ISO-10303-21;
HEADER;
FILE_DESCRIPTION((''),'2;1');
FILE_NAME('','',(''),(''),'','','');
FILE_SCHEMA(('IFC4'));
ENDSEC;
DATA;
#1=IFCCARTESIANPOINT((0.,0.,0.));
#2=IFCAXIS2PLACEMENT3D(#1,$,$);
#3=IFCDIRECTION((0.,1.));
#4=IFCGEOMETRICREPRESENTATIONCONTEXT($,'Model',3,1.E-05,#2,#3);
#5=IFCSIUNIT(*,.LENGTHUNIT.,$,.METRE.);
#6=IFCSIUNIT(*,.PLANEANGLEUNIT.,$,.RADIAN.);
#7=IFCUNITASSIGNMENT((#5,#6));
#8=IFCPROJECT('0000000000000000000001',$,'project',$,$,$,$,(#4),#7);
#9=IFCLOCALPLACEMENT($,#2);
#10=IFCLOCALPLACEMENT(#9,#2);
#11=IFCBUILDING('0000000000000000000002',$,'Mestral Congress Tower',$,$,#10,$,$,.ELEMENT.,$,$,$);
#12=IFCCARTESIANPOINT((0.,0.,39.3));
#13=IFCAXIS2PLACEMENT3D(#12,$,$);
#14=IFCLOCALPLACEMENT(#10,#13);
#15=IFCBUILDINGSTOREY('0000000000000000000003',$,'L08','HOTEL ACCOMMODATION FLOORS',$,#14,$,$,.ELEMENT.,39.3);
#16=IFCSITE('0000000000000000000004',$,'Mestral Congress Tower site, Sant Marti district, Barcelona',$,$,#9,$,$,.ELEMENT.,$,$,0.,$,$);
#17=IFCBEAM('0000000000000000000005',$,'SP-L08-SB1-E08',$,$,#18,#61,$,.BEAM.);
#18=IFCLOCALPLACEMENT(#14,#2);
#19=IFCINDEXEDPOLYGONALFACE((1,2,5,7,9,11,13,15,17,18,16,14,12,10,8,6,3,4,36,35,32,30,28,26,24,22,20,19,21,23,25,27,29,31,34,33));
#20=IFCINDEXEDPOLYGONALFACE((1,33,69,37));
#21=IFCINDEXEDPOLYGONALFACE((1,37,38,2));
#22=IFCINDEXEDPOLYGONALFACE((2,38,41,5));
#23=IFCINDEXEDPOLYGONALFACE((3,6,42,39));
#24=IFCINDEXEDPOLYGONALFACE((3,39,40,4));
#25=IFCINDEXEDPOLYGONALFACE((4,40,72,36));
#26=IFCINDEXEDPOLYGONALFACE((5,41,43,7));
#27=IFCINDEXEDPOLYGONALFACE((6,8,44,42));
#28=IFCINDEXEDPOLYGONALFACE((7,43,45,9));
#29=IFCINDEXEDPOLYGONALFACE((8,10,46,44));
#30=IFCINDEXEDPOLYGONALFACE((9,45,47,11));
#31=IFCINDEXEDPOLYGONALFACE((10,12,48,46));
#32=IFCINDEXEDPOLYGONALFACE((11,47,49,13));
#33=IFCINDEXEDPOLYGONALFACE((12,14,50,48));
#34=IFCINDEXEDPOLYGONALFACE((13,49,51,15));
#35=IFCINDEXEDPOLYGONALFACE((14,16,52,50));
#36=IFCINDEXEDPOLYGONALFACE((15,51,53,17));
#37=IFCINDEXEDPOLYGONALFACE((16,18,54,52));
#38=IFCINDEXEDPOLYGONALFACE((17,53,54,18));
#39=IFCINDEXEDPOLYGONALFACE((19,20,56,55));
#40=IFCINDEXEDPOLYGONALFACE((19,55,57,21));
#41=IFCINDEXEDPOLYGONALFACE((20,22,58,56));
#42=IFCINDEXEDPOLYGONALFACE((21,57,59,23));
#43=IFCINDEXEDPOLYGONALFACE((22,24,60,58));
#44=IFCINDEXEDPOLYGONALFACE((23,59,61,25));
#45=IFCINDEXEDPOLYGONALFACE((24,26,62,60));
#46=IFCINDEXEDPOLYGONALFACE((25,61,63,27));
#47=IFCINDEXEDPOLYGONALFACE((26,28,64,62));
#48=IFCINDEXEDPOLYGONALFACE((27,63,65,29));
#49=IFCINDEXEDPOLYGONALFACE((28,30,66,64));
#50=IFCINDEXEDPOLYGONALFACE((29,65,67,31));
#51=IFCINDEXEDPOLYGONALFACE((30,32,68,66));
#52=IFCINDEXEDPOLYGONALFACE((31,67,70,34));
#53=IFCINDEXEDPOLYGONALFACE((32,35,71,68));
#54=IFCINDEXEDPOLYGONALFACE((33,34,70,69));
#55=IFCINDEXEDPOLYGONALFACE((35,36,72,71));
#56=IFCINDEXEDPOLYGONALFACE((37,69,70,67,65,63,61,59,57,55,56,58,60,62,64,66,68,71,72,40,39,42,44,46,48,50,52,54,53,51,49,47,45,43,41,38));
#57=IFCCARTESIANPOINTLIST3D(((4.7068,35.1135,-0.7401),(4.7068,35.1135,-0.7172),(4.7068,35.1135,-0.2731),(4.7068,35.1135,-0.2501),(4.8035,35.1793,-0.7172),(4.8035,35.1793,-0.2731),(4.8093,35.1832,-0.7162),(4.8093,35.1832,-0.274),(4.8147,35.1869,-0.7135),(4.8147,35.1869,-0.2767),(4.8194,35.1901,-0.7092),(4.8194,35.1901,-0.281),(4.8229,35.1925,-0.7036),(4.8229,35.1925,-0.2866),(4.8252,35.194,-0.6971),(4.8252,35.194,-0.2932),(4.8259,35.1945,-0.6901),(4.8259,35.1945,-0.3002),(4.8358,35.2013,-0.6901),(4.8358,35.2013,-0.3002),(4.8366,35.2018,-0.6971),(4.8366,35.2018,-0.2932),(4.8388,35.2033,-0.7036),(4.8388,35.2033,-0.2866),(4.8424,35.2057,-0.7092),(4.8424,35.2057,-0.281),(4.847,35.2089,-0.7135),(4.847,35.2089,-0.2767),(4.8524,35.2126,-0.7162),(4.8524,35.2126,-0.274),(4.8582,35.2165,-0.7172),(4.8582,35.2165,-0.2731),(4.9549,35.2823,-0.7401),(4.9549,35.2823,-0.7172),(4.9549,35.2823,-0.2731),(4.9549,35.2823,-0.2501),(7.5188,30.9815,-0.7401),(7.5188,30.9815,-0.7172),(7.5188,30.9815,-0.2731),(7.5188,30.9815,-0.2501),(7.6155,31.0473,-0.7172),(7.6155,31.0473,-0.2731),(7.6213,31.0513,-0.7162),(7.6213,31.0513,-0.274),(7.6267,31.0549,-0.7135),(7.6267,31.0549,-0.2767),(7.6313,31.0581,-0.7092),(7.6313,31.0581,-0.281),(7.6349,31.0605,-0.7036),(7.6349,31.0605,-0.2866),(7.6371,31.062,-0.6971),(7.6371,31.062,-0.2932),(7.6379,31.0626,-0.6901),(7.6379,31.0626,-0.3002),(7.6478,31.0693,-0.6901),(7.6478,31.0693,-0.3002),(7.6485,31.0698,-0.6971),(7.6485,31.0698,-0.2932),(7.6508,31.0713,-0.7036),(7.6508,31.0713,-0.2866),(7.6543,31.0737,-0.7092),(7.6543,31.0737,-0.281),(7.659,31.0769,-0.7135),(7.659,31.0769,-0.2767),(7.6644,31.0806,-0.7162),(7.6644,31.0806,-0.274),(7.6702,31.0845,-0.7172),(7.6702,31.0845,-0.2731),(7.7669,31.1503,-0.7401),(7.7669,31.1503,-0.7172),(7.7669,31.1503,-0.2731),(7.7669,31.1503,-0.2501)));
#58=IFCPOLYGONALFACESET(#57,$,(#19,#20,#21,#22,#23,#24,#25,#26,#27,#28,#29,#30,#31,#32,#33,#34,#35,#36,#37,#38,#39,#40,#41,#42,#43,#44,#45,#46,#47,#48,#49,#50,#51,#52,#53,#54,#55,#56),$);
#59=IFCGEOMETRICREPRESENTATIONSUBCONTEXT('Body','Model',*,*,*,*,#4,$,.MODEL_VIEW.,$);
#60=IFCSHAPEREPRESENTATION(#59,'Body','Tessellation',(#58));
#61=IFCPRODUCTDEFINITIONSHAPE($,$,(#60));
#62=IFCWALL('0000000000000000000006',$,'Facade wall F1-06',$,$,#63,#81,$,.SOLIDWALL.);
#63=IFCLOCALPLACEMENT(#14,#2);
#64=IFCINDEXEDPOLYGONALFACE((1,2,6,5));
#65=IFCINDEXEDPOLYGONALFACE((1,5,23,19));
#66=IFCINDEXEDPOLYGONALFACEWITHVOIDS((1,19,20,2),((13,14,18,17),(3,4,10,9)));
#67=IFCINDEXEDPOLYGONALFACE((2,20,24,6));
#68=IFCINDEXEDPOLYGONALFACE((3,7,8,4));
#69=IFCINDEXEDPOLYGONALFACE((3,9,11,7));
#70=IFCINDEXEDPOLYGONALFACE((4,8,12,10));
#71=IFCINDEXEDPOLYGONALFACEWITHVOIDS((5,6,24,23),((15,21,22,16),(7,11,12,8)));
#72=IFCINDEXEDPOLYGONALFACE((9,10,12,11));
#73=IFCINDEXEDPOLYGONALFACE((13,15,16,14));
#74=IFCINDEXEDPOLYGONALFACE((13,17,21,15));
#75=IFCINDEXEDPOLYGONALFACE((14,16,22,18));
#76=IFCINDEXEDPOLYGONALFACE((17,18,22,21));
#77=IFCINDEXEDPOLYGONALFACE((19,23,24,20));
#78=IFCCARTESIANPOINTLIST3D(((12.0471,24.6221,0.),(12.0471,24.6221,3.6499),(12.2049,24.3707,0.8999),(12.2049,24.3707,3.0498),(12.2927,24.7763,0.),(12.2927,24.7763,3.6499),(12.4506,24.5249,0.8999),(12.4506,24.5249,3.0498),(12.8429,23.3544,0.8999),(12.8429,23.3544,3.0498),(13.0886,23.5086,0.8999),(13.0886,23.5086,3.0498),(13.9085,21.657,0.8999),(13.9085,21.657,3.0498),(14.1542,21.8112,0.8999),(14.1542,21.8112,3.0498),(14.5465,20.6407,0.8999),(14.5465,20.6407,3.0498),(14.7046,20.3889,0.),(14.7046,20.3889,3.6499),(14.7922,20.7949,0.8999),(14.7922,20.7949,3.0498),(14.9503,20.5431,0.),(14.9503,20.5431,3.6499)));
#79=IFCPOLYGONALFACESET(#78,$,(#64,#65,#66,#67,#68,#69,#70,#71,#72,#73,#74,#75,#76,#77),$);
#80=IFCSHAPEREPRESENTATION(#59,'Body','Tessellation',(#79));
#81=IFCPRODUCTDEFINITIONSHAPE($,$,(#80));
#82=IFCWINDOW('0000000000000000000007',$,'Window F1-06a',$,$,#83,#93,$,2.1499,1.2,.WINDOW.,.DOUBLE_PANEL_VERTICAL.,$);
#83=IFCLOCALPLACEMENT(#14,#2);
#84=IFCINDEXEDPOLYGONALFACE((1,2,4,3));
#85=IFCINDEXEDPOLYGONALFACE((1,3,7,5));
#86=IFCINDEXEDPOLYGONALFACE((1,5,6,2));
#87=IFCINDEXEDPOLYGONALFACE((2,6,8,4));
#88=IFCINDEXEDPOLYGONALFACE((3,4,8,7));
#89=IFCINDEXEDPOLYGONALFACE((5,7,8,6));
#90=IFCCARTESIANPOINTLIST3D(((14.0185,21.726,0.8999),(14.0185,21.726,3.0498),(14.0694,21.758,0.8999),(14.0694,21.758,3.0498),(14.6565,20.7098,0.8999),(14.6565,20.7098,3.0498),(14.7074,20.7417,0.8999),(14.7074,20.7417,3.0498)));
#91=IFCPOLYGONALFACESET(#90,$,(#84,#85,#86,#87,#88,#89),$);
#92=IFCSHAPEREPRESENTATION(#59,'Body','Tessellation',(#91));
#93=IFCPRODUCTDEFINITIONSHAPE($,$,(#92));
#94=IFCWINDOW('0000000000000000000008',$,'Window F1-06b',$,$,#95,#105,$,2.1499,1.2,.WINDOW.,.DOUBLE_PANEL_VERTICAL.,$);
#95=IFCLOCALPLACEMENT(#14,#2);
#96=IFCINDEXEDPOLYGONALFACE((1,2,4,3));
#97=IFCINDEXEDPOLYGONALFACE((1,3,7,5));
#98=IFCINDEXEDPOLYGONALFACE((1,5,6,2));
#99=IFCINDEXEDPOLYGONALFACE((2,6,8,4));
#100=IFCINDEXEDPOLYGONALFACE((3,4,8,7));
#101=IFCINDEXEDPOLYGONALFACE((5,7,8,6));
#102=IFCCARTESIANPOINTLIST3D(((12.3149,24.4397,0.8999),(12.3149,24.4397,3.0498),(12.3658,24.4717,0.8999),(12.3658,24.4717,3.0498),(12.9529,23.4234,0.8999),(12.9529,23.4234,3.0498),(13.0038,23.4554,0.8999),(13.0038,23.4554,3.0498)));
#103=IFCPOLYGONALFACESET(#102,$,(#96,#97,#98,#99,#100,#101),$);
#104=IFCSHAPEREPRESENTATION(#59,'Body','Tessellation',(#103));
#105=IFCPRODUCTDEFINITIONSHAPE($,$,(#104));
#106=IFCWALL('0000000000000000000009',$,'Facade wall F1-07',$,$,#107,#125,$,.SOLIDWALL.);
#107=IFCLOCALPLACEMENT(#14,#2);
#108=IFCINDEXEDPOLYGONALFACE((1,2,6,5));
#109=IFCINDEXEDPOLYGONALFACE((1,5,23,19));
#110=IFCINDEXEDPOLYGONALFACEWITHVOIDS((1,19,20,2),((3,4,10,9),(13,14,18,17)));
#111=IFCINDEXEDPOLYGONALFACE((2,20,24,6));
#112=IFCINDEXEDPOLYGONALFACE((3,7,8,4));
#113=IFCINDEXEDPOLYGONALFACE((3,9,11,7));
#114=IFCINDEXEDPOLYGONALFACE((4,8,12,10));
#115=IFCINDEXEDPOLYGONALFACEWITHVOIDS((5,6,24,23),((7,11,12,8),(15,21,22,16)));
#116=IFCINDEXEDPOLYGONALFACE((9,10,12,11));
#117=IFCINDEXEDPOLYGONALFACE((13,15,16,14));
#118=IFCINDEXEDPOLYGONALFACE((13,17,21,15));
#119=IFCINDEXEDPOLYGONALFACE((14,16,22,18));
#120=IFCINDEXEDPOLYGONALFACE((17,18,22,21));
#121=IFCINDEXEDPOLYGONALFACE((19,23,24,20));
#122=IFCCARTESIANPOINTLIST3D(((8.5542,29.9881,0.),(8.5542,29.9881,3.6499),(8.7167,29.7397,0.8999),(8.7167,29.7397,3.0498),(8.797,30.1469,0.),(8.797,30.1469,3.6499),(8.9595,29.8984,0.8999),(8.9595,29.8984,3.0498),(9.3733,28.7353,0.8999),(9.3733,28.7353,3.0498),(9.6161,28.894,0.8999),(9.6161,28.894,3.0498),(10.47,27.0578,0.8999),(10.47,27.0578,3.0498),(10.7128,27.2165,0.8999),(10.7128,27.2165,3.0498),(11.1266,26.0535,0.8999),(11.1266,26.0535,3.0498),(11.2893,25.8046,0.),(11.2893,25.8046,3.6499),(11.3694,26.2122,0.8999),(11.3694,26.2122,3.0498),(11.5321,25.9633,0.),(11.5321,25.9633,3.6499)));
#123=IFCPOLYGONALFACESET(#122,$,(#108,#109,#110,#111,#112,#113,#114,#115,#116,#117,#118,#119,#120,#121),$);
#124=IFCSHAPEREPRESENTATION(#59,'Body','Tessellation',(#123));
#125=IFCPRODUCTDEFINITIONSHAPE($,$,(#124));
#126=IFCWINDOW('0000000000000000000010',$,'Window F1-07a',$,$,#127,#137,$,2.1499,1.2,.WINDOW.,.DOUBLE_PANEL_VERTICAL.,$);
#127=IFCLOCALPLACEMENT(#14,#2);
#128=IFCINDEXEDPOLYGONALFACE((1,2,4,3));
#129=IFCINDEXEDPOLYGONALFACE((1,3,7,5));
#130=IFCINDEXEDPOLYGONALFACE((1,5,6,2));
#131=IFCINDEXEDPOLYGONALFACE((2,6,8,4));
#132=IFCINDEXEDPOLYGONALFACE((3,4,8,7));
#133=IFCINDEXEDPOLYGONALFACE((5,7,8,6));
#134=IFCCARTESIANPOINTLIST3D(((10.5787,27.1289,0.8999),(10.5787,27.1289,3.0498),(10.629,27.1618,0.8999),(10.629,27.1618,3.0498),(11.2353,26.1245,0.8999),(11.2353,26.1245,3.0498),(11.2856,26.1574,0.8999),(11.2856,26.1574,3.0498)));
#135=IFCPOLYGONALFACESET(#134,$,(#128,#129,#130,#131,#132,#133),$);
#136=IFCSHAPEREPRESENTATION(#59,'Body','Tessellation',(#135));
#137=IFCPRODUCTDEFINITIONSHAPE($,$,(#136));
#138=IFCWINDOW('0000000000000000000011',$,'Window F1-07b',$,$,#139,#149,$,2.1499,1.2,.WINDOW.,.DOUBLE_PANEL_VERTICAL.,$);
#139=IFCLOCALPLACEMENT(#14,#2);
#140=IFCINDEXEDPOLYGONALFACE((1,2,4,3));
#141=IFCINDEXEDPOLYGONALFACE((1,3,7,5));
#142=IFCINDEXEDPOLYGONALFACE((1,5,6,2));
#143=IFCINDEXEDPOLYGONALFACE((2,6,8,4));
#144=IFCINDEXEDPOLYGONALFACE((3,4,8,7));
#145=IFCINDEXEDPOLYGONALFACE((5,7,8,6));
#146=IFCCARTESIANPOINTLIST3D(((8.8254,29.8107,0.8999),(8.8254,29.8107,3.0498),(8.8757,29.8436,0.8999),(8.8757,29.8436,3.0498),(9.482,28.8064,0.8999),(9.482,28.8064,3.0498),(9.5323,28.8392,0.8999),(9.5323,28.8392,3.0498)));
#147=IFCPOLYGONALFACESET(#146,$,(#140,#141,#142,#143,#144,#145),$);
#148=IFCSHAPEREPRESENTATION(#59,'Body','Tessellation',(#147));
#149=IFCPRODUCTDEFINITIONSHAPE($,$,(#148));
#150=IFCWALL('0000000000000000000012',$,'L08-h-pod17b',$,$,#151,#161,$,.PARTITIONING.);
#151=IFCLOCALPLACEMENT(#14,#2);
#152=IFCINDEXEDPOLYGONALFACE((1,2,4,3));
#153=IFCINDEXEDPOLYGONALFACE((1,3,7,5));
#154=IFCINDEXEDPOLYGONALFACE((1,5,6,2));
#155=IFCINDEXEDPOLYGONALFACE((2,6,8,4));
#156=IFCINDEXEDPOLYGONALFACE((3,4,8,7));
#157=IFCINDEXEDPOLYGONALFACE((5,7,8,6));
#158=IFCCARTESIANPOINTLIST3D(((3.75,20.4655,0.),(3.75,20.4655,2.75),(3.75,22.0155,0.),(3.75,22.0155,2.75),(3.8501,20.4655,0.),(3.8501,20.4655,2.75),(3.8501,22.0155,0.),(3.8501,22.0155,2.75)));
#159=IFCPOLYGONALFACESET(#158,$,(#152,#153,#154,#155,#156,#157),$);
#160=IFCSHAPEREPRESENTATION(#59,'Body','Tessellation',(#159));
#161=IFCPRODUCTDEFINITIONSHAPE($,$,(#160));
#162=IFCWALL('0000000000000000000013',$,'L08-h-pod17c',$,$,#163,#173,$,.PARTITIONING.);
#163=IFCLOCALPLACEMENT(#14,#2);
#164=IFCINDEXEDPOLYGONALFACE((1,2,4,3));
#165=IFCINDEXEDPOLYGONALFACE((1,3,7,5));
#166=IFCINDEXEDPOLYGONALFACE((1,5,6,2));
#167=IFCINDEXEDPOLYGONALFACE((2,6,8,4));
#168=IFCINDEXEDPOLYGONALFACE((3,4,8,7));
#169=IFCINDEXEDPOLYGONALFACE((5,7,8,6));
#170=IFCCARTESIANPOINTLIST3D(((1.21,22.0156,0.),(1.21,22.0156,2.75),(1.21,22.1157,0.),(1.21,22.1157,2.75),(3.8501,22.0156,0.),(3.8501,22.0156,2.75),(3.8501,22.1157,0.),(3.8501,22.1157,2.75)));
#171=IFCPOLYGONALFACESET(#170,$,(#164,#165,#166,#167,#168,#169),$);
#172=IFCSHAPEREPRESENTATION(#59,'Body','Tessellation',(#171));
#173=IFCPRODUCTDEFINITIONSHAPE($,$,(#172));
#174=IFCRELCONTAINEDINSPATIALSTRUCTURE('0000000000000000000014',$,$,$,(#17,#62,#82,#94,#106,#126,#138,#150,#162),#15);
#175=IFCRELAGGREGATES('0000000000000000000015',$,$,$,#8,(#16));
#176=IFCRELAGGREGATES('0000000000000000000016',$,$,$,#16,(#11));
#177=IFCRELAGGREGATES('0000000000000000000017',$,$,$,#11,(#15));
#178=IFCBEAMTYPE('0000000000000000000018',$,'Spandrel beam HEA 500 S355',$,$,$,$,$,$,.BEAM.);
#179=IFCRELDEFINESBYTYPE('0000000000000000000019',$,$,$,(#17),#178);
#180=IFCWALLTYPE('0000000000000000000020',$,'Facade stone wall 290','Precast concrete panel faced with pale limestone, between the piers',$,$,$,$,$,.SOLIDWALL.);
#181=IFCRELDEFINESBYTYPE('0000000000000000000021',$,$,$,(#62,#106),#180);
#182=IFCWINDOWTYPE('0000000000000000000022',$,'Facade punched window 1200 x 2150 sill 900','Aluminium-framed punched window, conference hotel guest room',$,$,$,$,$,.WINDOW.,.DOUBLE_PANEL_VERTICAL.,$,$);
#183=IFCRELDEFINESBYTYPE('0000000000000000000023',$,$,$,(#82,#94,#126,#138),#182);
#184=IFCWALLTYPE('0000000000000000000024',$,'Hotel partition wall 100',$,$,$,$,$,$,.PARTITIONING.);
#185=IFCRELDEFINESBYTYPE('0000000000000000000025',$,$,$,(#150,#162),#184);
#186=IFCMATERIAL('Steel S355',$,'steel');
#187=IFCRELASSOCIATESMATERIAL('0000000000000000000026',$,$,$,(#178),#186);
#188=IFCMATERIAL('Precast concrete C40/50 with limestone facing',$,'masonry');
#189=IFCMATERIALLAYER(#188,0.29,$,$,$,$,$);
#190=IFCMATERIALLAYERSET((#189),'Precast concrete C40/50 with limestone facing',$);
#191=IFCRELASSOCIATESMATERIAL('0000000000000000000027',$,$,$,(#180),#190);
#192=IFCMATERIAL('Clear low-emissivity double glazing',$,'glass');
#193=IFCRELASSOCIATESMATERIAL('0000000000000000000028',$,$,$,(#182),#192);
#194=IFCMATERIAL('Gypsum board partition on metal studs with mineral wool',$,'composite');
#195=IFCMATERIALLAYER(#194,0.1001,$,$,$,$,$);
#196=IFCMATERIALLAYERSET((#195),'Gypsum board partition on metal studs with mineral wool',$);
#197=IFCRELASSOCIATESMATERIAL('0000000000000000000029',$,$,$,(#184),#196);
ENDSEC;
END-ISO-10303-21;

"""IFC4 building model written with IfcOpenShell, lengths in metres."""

from ifc_helpers import new_model, si_unit, direction, frame, frame_2d, origin, origin_2d, place, context, subcontext, project, spatial, rectangle, i_section, extrude, material, layer, layer_set, material_profile, profile_set, type_object, element, fill, save


model = new_model("IFC4")

# Units and contexts
model_context = context("Model", 3, precision=1e-05, world=origin(), true_north=direction((0.0, 1.0)))
body_context = subcontext(model_context, "Body", "Model", "MODEL_VIEW")
ifc_project = project(units=[si_unit("LENGTHUNIT", "METRE"), si_unit("PLANEANGLEUNIT", "RADIAN")], contexts=[model_context])

# Site, building, storey
site_placement = place(None, origin())
site = spatial("IfcSite", under=ifc_project, at=site_placement, Name="Mestral Congress Tower site, Sant Marti district, Barcelona", CompositionType="ELEMENT", RefElevation=0.0)
building_placement = place(site_placement, origin())
building = spatial("IfcBuilding", under=site, at=building_placement, Name="Mestral Congress Tower", CompositionType="ELEMENT")
storey_placement = place(building_placement, frame((0.0, 0.0, 39.3)))
storey = spatial("IfcBuildingStorey", under=building, at=storey_placement, Name="L08", Description="HOTEL ACCOMMODATION FLOORS", CompositionType="ELEMENT", Elevation=39.3)

# Beam
ifc_material_1 = material(Name="Steel S355", Category="steel")
ifc_material_profile_1 = material_profile(ifc_material_1, i_section(OverallWidth=0.3, OverallDepth=0.49, WebThickness=0.012, FlangeThickness=0.0229, FilletRadius=0.0271, at=origin_2d()), Name="HEA 500")
ifc_profile_set_1 = profile_set([ifc_material_profile_1], Name="Steel S355")
beam_type_1 = type_object("IfcBeamType", Name="Spandrel beam HEA 500 S355", PredefinedType="BEAM", material=ifc_profile_set_1)
beam_1_placement = place(storey_placement, frame((7.6428, 31.0659, -0.4951), z_axis=(-0.562611, 0.826722, 0.0), x_axis=(-0.826722, -0.562611, 0.0)))
element("IfcBeam", 1, at=beam_1_placement, inside=storey, type_object=beam_type_1, Name="SP-L08-SB1-E08", PredefinedType="BEAM", context=body_context, shape_type="SweptSolid", body=[
    extrude(i_section(OverallWidth=0.3, OverallDepth=0.49, WebThickness=0.012, FlangeThickness=0.0229, FilletRadius=0.0271, at=origin_2d()), origin(), (0.0, 0.0, 1.0), 4.998),
])

# Walls, openings, windows
ifc_material_2 = material(Name="Precast concrete C40/50 with limestone facing", Category="masonry")
ifc_layer_1 = layer(ifc_material_2, 0.29)
ifc_layer_set_1 = layer_set([ifc_layer_1], Name="Precast concrete C40/50 with limestone facing")
wall_type_1 = type_object("IfcWallType", Name="Facade stone wall 290", Description="Precast concrete panel faced with pale limestone, between the piers", PredefinedType="SOLIDWALL", material=ifc_layer_set_1)
wall_1_placement = place(storey_placement, frame((14.8274, 20.4661, 0.0), z_axis=(0.0, 0.0, 1.0), x_axis=(-0.531688, 0.84694, 0.0)))
wall_1 = element("IfcWall", 2, at=wall_1_placement, inside=storey, type_object=wall_type_1, Name="Facade wall F1-06", PredefinedType="SOLIDWALL", context=body_context, shape_type="SweptSolid", body=[
    extrude(rectangle(XDim=4.9983, YDim=0.29, at=frame_2d((2.499, 0.0))), origin(), (0.0, 0.0, 1.0), 3.6499),
])
opening_1_placement = place(wall_1_placement, frame((0.2971, 0.0, 0.8999)))
opening_1 = element("IfcOpeningElement", 3, at=opening_1_placement, cuts=wall_1, PredefinedType="OPENING", context=body_context, shape_type="SweptSolid", body=[
    extrude(rectangle(XDim=1.2, YDim=2.1499, at=frame_2d((0.6001, 1.075))), frame((0.0, 0.155, 0.0), z_axis=(0.0, -1.0, 0.0), x_axis=(1.0, 0.0, 0.0)), (0.0, 0.0, 1.0), 0.3101),
])
opening_2_placement = place(wall_1_placement, frame((3.5012, 0.0, 0.8999)))
opening_2 = element("IfcOpeningElement", 4, at=opening_2_placement, cuts=wall_1, PredefinedType="OPENING", context=body_context, shape_type="SweptSolid", body=[
    extrude(rectangle(XDim=1.2, YDim=2.1499, at=frame_2d((0.6001, 1.075))), frame((0.0, 0.155, 0.0), z_axis=(0.0, -1.0, 0.0), x_axis=(1.0, 0.0, 0.0)), (0.0, 0.0, 1.0), 0.3101),
])
ifc_material_3 = material(Name="Clear low-emissivity double glazing", Category="glass")
window_type = type_object("IfcWindowType", Name="Facade punched window 1200 x 2150 sill 900", Description="Aluminium-framed punched window, conference hotel guest room", PartitioningType="DOUBLE_PANEL_VERTICAL", PredefinedType="WINDOW", material=ifc_material_3)
window_1_placement = place(opening_1_placement, origin())
window_1 = element("IfcWindow", 5, at=window_1_placement, inside=storey, type_object=window_type, Name="Window F1-06a", OverallHeight=2.1499, OverallWidth=1.2, PartitioningType="DOUBLE_PANEL_VERTICAL", PredefinedType="WINDOW", context=body_context, shape_type="SweptSolid", body=[
    extrude(rectangle(XDim=1.2, YDim=2.1499, at=frame_2d((0.6001, 1.075))), frame((0.0, 0.0151, 0.0), z_axis=(0.0, -1.0, 0.0), x_axis=(1.0, 0.0, 0.0)), (0.0, 0.0, 1.0), 0.0601),
])
fill(opening_1, window_1)
window_2_placement = place(opening_2_placement, origin())
window_2 = element("IfcWindow", 6, at=window_2_placement, inside=storey, type_object=window_type, Name="Window F1-06b", OverallHeight=2.1499, OverallWidth=1.2, PartitioningType="DOUBLE_PANEL_VERTICAL", PredefinedType="WINDOW", context=body_context, shape_type="SweptSolid", body=[
    extrude(rectangle(XDim=1.2, YDim=2.1499, at=frame_2d((0.6001, 1.075))), frame((0.0, 0.0151, 0.0), z_axis=(0.0, -1.0, 0.0), x_axis=(1.0, 0.0, 0.0)), (0.0, 0.0, 1.0), 0.0601),
])
fill(opening_2, window_2)
wall_2_placement = place(storey_placement, frame((11.4106, 25.884, 0.0), z_axis=(0.0, 0.0, 1.0), x_axis=(-0.547205, 0.836999, 0.0)))
wall_2 = element("IfcWall", 7, at=wall_2_placement, inside=storey, type_object=wall_type_1, Name="Facade wall F1-07", PredefinedType="SOLIDWALL", context=body_context, shape_type="SweptSolid", body=[
    extrude(rectangle(XDim=4.9983, YDim=0.29, at=frame_2d((2.499, 0.0))), origin(), (0.0, 0.0, 1.0), 3.6499),
])
opening_3_placement = place(wall_2_placement, frame((0.2971, 0.0, 0.8999)))
opening_3 = element("IfcOpeningElement", 8, at=opening_3_placement, cuts=wall_2, PredefinedType="OPENING", context=body_context, shape_type="SweptSolid", body=[
    extrude(rectangle(XDim=1.2, YDim=2.1499, at=frame_2d((0.6001, 1.075))), frame((0.0, 0.155, 0.0), z_axis=(0.0, -1.0, 0.0), x_axis=(1.0, 0.0, 0.0)), (0.0, 0.0, 1.0), 0.3101),
])
opening_4_placement = place(wall_2_placement, frame((3.5012, 0.0, 0.8999)))
opening_4 = element("IfcOpeningElement", 9, at=opening_4_placement, cuts=wall_2, PredefinedType="OPENING", context=body_context, shape_type="SweptSolid", body=[
    extrude(rectangle(XDim=1.2, YDim=2.1499, at=frame_2d((0.6001, 1.075))), frame((0.0, 0.155, 0.0), z_axis=(0.0, -1.0, 0.0), x_axis=(1.0, 0.0, 0.0)), (0.0, 0.0, 1.0), 0.3101),
])
window_3_placement = place(opening_3_placement, origin())
window_3 = element("IfcWindow", 10, at=window_3_placement, inside=storey, type_object=window_type, Name="Window F1-07a", OverallHeight=2.1499, OverallWidth=1.2, PartitioningType="DOUBLE_PANEL_VERTICAL", PredefinedType="WINDOW", context=body_context, shape_type="SweptSolid", body=[
    extrude(rectangle(XDim=1.2, YDim=2.1499, at=frame_2d((0.6001, 1.075))), frame((0.0, 0.0151, 0.0), z_axis=(0.0, -1.0, 0.0), x_axis=(1.0, 0.0, 0.0)), (0.0, 0.0, 1.0), 0.0601),
])
fill(opening_3, window_3)
window_4_placement = place(opening_4_placement, origin())
window_4 = element("IfcWindow", 11, at=window_4_placement, inside=storey, type_object=window_type, Name="Window F1-07b", OverallHeight=2.1499, OverallWidth=1.2, PartitioningType="DOUBLE_PANEL_VERTICAL", PredefinedType="WINDOW", context=body_context, shape_type="SweptSolid", body=[
    extrude(rectangle(XDim=1.2, YDim=2.1499, at=frame_2d((0.6001, 1.075))), frame((0.0, 0.0151, 0.0), z_axis=(0.0, -1.0, 0.0), x_axis=(1.0, 0.0, 0.0)), (0.0, 0.0, 1.0), 0.0601),
])
fill(opening_4, window_4)

# Walls
ifc_material_4 = material(Name="Gypsum board partition on metal studs with mineral wool", Category="composite")
ifc_layer_2 = layer(ifc_material_4, 0.1001)
ifc_layer_set_2 = layer_set([ifc_layer_2], Name="Gypsum board partition on metal studs with mineral wool")
wall_type_2 = type_object("IfcWallType", Name="Hotel partition wall 100", PredefinedType="PARTITIONING", material=ifc_layer_set_2)
wall_3_placement = place(storey_placement, frame((3.8, 20.4656, 0.0), z_axis=(0.0, 0.0, 1.0), x_axis=(0.0, 1.0, 0.0)))
element("IfcWall", 12, at=wall_3_placement, inside=storey, type_object=wall_type_2, Name="L08-h-pod17b", PredefinedType="PARTITIONING", context=body_context, shape_type="SweptSolid", body=[
    extrude(rectangle(XDim=1.55, YDim=0.1001, at=frame_2d((0.7749, 0.0))), origin(), (0.0, 0.0, 1.0), 2.75),
])
wall_4_placement = place(storey_placement, frame((1.21, 22.0657, 0.0), z_axis=(0.0, 0.0, 1.0), x_axis=(1.0, 0.0, 0.0)))
element("IfcWall", 13, at=wall_4_placement, inside=storey, type_object=wall_type_2, Name="L08-h-pod17c", PredefinedType="PARTITIONING", context=body_context, shape_type="SweptSolid", body=[
    extrude(rectangle(XDim=2.6401, YDim=0.1001, at=frame_2d((1.3201, 0.0))), origin(), (0.0, 0.0, 1.0), 2.75),
])

save(model, "model.ifc")
